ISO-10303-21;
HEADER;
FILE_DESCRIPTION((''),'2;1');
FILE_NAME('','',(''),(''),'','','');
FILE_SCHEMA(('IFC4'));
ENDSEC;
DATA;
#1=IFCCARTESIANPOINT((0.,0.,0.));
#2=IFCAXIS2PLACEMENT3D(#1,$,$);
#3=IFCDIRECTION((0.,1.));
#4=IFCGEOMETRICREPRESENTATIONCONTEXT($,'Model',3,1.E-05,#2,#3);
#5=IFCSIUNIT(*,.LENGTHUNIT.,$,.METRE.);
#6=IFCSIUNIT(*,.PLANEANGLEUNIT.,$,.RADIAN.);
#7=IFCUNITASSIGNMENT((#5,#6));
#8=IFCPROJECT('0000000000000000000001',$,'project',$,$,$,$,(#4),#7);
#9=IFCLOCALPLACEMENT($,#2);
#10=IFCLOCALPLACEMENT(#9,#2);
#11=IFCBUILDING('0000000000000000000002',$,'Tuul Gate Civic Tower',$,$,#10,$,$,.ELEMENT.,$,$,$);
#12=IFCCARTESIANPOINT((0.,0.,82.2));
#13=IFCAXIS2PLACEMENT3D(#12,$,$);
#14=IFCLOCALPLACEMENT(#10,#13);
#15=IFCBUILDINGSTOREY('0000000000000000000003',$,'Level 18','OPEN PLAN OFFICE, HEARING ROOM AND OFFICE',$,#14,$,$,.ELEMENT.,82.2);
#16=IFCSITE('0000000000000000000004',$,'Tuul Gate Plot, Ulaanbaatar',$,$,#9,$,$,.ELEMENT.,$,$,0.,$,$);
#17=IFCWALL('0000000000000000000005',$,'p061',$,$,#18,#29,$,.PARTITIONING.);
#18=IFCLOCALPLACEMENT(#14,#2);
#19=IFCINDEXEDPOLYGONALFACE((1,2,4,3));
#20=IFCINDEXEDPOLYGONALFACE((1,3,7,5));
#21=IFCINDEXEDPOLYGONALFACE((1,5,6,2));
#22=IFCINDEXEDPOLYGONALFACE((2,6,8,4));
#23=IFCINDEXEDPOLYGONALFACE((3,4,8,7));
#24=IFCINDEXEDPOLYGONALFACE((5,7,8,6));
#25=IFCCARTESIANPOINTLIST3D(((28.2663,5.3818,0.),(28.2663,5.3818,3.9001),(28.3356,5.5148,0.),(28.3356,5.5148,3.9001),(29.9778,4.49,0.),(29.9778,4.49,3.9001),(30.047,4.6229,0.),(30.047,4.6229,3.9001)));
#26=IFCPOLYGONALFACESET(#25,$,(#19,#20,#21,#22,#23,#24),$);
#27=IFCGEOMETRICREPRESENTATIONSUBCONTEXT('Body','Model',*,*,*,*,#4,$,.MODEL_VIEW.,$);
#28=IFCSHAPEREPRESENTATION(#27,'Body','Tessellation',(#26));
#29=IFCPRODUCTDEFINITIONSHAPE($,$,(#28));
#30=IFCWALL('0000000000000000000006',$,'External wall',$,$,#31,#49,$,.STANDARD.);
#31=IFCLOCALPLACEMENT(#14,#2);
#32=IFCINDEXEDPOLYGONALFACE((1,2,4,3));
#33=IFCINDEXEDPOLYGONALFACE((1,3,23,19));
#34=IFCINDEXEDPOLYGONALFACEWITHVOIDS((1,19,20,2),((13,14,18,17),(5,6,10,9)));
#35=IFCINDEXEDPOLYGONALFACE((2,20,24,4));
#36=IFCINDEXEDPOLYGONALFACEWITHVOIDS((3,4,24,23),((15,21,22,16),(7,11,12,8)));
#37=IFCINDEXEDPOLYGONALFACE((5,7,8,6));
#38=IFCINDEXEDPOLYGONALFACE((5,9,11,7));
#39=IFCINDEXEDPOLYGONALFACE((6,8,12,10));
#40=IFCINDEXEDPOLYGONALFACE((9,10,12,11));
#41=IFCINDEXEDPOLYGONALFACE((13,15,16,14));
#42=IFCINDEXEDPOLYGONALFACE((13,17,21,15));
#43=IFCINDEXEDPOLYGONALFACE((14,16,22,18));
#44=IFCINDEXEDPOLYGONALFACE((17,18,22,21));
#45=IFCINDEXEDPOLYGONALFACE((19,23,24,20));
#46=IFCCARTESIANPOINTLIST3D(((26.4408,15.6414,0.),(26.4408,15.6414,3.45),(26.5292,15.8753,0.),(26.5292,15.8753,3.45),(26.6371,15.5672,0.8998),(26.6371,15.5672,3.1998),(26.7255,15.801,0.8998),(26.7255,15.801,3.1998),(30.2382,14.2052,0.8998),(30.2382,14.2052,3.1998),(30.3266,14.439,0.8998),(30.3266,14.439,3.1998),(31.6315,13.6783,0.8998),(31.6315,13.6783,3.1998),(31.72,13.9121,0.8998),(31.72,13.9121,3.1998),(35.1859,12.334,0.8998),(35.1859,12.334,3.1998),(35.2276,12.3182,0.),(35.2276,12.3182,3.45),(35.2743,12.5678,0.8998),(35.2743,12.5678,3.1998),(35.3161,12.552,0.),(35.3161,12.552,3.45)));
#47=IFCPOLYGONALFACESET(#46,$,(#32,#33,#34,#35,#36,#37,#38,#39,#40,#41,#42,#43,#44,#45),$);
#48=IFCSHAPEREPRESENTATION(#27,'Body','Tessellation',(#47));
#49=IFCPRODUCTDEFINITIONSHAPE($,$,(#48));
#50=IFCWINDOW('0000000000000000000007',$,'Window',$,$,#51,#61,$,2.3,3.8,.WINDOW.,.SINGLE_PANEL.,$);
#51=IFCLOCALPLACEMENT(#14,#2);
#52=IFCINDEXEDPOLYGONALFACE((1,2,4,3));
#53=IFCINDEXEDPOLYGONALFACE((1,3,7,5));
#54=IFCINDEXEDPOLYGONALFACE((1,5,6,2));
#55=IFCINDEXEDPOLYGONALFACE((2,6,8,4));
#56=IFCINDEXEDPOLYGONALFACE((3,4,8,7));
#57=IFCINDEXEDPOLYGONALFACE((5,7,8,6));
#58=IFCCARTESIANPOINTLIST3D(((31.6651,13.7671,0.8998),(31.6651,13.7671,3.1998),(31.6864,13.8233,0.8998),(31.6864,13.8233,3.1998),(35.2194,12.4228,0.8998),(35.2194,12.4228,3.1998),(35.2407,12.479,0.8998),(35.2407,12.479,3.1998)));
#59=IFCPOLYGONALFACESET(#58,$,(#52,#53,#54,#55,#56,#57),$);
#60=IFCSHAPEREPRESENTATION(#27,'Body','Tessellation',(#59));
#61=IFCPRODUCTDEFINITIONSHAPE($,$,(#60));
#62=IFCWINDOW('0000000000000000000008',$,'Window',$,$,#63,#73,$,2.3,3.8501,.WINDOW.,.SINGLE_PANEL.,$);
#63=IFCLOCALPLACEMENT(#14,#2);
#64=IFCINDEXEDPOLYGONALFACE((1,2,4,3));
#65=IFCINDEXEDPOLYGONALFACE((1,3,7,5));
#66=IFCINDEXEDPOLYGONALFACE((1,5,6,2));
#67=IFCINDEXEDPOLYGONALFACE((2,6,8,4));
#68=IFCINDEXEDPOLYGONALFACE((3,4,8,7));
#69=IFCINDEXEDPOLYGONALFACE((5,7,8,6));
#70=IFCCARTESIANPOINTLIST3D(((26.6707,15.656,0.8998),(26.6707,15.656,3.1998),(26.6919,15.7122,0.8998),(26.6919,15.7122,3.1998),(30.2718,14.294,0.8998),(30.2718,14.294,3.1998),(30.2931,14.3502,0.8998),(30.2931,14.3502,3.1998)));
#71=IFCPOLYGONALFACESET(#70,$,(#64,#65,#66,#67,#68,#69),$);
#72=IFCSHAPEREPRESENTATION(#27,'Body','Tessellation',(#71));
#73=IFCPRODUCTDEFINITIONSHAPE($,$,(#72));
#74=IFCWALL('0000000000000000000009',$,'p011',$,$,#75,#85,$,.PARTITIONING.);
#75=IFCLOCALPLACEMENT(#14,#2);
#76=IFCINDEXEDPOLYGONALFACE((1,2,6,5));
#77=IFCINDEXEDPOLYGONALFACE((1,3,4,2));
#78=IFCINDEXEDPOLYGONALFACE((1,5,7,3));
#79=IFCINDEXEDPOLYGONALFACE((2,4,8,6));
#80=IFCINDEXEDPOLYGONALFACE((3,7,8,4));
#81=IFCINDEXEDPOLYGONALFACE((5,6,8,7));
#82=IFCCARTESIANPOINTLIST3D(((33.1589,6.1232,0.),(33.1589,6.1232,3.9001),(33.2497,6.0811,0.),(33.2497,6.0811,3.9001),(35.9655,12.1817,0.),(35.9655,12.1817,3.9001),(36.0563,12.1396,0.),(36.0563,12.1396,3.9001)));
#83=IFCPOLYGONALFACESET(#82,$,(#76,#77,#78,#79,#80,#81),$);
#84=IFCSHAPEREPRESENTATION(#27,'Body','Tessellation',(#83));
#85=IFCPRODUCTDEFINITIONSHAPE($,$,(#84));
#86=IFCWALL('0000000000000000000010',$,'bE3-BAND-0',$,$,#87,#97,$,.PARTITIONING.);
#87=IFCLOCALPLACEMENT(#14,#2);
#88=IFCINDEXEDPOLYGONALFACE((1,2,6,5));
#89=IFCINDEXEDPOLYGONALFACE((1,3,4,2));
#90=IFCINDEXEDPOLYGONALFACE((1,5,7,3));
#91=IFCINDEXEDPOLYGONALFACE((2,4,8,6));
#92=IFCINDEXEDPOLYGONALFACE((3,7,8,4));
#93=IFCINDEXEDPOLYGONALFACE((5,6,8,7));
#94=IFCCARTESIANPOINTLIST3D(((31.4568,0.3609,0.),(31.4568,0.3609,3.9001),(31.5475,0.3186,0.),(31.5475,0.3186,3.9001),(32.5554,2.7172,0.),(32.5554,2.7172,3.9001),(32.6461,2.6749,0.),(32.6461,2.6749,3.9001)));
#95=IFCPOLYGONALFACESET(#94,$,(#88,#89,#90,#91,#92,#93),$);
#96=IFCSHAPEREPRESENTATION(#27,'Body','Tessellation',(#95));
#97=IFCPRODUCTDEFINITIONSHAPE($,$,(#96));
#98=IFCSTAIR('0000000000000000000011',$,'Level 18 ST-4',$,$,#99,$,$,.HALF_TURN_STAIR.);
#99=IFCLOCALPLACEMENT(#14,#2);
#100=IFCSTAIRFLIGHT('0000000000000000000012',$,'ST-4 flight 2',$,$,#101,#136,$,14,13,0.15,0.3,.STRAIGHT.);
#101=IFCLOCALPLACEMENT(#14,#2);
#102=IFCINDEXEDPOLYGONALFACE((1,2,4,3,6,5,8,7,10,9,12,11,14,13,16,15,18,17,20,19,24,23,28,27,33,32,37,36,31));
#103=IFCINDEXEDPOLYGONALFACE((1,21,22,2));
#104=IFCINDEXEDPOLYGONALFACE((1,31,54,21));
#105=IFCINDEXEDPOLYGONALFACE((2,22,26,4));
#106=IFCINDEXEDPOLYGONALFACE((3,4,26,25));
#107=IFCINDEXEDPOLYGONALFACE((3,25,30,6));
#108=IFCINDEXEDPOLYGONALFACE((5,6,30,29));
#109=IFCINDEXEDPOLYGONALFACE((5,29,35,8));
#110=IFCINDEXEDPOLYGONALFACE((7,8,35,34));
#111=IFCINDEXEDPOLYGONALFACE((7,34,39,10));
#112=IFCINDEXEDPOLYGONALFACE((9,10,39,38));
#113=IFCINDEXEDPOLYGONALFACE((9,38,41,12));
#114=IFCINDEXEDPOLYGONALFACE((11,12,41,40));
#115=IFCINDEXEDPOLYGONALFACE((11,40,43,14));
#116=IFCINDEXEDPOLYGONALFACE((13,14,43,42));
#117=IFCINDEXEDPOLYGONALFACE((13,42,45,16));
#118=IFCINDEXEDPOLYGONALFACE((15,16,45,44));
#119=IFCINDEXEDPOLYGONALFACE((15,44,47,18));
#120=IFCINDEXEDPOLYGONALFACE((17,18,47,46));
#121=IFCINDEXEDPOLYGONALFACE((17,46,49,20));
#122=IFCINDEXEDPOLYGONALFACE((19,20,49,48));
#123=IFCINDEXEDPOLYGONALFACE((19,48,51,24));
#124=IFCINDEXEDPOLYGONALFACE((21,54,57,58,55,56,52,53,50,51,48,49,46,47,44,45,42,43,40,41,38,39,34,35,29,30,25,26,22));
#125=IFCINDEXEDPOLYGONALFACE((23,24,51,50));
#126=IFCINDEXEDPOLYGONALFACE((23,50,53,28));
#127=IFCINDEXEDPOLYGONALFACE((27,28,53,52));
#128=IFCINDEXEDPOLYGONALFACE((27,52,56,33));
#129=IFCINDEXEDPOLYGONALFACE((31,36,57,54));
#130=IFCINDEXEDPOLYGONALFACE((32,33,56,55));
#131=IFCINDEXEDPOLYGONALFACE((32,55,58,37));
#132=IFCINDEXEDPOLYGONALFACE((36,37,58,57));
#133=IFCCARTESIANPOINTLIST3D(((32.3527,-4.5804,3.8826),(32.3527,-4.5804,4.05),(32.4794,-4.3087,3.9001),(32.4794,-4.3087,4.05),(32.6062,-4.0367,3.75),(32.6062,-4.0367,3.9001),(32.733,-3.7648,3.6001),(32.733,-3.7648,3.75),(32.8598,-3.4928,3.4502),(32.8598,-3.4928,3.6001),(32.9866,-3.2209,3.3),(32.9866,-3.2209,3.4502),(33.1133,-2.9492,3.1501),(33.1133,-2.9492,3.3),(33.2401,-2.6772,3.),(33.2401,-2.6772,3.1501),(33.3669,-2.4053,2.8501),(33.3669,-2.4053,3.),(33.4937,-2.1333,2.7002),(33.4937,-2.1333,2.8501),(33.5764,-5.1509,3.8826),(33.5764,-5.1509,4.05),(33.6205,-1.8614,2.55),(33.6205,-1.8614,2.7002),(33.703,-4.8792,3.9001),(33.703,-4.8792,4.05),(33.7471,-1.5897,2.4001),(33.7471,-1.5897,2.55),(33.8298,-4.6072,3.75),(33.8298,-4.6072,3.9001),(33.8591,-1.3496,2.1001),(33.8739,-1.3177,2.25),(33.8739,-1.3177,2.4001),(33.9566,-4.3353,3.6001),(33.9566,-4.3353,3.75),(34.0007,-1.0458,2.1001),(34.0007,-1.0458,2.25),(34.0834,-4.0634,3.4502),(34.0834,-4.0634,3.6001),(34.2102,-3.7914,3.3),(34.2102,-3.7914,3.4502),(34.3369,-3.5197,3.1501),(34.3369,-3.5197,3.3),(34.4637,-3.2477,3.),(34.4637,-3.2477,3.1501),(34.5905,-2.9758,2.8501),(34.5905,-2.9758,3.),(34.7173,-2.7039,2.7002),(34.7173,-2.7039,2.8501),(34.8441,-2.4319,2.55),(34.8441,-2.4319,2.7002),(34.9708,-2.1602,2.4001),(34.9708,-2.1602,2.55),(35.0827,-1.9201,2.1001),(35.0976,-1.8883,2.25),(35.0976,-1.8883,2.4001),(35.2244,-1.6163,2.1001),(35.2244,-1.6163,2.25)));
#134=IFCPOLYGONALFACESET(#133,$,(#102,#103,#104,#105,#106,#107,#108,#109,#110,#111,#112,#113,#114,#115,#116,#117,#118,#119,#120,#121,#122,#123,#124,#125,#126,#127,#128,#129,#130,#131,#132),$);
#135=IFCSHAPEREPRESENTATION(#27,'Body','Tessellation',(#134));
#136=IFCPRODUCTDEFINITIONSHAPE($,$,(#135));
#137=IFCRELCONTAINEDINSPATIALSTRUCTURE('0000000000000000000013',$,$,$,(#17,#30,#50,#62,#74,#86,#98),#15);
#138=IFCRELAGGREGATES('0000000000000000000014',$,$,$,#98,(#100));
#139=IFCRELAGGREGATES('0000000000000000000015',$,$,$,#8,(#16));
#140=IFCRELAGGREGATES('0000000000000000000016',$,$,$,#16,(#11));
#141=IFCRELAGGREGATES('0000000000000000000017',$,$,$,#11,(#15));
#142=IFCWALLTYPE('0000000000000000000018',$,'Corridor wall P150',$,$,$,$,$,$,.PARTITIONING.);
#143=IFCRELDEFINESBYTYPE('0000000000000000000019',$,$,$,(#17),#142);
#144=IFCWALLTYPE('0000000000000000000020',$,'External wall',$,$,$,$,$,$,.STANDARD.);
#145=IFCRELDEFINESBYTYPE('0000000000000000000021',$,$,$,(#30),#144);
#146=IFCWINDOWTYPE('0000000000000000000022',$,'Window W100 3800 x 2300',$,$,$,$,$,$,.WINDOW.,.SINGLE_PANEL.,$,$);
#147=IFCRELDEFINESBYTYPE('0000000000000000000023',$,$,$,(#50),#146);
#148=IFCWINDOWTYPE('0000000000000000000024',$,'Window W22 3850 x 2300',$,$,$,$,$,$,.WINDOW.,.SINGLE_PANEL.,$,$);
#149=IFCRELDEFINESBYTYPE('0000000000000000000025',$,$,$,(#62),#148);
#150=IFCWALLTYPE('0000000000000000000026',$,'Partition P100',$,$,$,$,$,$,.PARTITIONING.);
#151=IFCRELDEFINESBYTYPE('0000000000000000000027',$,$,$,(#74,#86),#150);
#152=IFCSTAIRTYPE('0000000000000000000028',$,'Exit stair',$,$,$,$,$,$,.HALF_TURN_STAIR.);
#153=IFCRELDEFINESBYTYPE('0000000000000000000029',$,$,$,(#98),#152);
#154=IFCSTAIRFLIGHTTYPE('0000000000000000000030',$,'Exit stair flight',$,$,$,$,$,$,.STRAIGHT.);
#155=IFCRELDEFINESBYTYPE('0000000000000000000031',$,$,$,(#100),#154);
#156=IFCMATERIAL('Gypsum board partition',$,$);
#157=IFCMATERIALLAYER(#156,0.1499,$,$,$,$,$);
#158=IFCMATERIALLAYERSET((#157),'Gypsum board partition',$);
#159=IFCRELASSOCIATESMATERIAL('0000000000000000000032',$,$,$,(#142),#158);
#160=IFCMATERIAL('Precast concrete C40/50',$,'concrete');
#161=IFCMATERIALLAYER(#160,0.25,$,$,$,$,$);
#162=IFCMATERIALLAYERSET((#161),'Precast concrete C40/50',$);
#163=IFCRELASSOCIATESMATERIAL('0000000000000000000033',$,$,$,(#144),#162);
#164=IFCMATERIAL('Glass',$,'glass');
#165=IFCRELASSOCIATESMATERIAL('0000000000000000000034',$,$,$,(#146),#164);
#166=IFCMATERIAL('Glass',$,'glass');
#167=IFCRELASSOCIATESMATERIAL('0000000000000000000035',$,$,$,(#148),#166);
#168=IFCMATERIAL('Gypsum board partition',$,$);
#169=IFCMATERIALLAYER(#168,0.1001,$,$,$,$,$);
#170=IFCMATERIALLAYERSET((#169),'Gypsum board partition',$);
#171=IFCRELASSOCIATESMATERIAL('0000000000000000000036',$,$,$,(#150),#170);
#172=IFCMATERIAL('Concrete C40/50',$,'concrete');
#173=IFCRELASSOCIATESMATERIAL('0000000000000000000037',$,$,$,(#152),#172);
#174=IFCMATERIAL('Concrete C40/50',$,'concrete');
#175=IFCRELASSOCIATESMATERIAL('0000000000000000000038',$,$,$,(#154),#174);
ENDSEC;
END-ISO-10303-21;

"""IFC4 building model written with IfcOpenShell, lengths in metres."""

from ifc_helpers import new_model, si_unit, direction, frame, frame_2d, origin, place, context, subcontext, project, spatial, polyline, rectangle, outline, extrude, material, layer, layer_set, type_object, element, fill, aggregate, save


model = new_model("IFC4")

# Units and contexts
model_context = context("Model", 3, precision=1e-05, world=origin(), true_north=direction((0.0, 1.0)))
body_context = subcontext(model_context, "Body", "Model", "MODEL_VIEW")
ifc_project = project(units=[si_unit("LENGTHUNIT", "METRE"), si_unit("PLANEANGLEUNIT", "RADIAN")], contexts=[model_context])

# Site, building, storey
site_placement = place(None, origin())
site = spatial("IfcSite", under=ifc_project, at=site_placement, Name="Tuul Gate Plot, Ulaanbaatar", CompositionType="ELEMENT", RefElevation=0.0)
building_placement = place(site_placement, origin())
building = spatial("IfcBuilding", under=site, at=building_placement, Name="Tuul Gate Civic Tower", CompositionType="ELEMENT")
storey_placement = place(building_placement, frame((0.0, 0.0, 82.2)))
storey = spatial("IfcBuildingStorey", under=building, at=storey_placement, Name="Level 18", Description="OPEN PLAN OFFICE, HEARING ROOM AND OFFICE", CompositionType="ELEMENT", Elevation=82.2)

# Shared definitions
ifc_material_1 = material(Name="Gypsum board partition")
ifc_layer_1 = layer(ifc_material_1, 0.1499)
ifc_layer_set_1 = layer_set([ifc_layer_1], Name="Gypsum board partition")
wall_type_1 = type_object("IfcWallType", Name="Corridor wall P150", PredefinedType="PARTITIONING", material=ifc_layer_set_1)

# Wall
wall_1_placement = place(storey_placement, frame((28.301, 5.4482, 0.0), z_axis=(0.0, 0.0, 1.0), x_axis=(0.886813, -0.462129, 0.0)))
element("IfcWall", 1, at=wall_1_placement, inside=storey, type_object=wall_type_1, Name="p061", PredefinedType="PARTITIONING", context=body_context, shape_type="SweptSolid", body=[
    extrude(rectangle(XDim=1.9299, YDim=0.1499, at=frame_2d((0.9648, 0.0))), origin(), (0.0, 0.0, 1.0), 3.9001),
])

# Wall, openings, windows
ifc_material_2 = material(Name="Precast concrete C40/50", Category="concrete")
ifc_layer_2 = layer(ifc_material_2, 0.25)
ifc_layer_set_2 = layer_set([ifc_layer_2], Name="Precast concrete C40/50")
wall_type_2 = type_object("IfcWallType", Name="External wall", PredefinedType="STANDARD", material=ifc_layer_set_2)
wall_2_placement = place(storey_placement, frame((35.272, 12.4351, 0.0), z_axis=(0.0, 0.0, 1.0), x_axis=(-0.93534, 0.353751, 0.0)))
wall_2 = element("IfcWall", 2, at=wall_2_placement, inside=storey, type_object=wall_type_2, Name="External wall", PredefinedType="STANDARD", context=body_context, shape_type="SweptSolid", body=[
    extrude(rectangle(XDim=9.3943, YDim=0.25, at=frame_2d((4.6973, 0.0))), origin(), (0.0, 0.0, 1.0), 3.45),
])
opening_1_placement = place(wall_2_placement, frame((0.0449, 0.0, 0.8999)))
opening_1 = element("IfcOpeningElement", 3, at=opening_1_placement, cuts=wall_2, PredefinedType="OPENING", context=body_context, shape_type="SweptSolid", body=[
    extrude(rectangle(XDim=3.8, YDim=2.3, at=frame_2d((1.8999, 1.1499))), frame((0.0, 0.135, 0.0), z_axis=(0.0, -1.0, 0.0), x_axis=(1.0, 0.0, 0.0)), (0.0, 0.0, 1.0), 0.27),
])
opening_2_placement = place(wall_2_placement, frame((5.3345, 0.0, 0.8999)))
opening_2 = element("IfcOpeningElement", 4, at=opening_2_placement, cuts=wall_2, PredefinedType="OPENING", context=body_context, shape_type="SweptSolid", body=[
    extrude(rectangle(XDim=3.8501, YDim=2.3, at=frame_2d((1.925, 1.1499))), frame((0.0, 0.135, 0.0), z_axis=(0.0, -1.0, 0.0), x_axis=(1.0, 0.0, 0.0)), (0.0, 0.0, 1.0), 0.27),
])
ifc_material_3 = material(Name="Glass", Category="glass")
window_type_1 = type_object("IfcWindowType", Name="Window W100 3800 x 2300", PartitioningType="SINGLE_PANEL", PredefinedType="WINDOW", material=ifc_material_3)
window_1_placement = place(opening_1_placement, origin())
window_1 = element("IfcWindow", 5, at=window_1_placement, inside=storey, type_object=window_type_1, Name="Window", OverallHeight=2.3, OverallWidth=3.8, PartitioningType="SINGLE_PANEL", PredefinedType="WINDOW", context=body_context, shape_type="SweptSolid", body=[
    extrude(rectangle(XDim=3.8, YDim=2.3, at=frame_2d((1.8999, 1.1499))), frame((0.0, 0.03, 0.0), z_axis=(0.0, -1.0, 0.0), x_axis=(1.0, 0.0, 0.0)), (0.0, 0.0, 1.0), 0.0601),
])
fill(opening_1, window_1)
ifc_material_4 = material(Name="Glass", Category="glass")
window_type_2 = type_object("IfcWindowType", Name="Window W22 3850 x 2300", PartitioningType="SINGLE_PANEL", PredefinedType="WINDOW", material=ifc_material_4)
window_2_placement = place(opening_2_placement, origin())
window_2 = element("IfcWindow", 6, at=window_2_placement, inside=storey, type_object=window_type_2, Name="Window", OverallHeight=2.3, OverallWidth=3.8501, PartitioningType="SINGLE_PANEL", PredefinedType="WINDOW", context=body_context, shape_type="SweptSolid", body=[
    extrude(rectangle(XDim=3.8501, YDim=2.3, at=frame_2d((1.925, 1.1499))), frame((0.0, 0.03, 0.0), z_axis=(0.0, -1.0, 0.0), x_axis=(1.0, 0.0, 0.0)), (0.0, 0.0, 1.0), 0.0601),
])
fill(opening_2, window_2)

# Walls
ifc_material_5 = material(Name="Gypsum board partition")
ifc_layer_3 = layer(ifc_material_5, 0.1001)
ifc_layer_set_3 = layer_set([ifc_layer_3], Name="Gypsum board partition")
wall_type_3 = type_object("IfcWallType", Name="Partition P100", PredefinedType="PARTITIONING", material=ifc_layer_set_3)
wall_3_placement = place(storey_placement, frame((33.2043, 6.1023, 0.0), z_axis=(0.0, 0.0, 1.0), x_axis=(0.420338, 0.907368, 0.0)))
element("IfcWall", 7, at=wall_3_placement, inside=storey, type_object=wall_type_3, Name="p011", PredefinedType="PARTITIONING", context=body_context, shape_type="SweptSolid", body=[
    extrude(rectangle(XDim=6.677, YDim=0.1001, at=frame_2d((3.3384, 0.0))), origin(), (0.0, 0.0, 1.0), 3.9001),
])
wall_4_placement = place(storey_placement, frame((31.5022, 0.3398, 0.0), z_axis=(0.0, 0.0, 1.0), x_axis=(0.422556, 0.906337, 0.0)))
element("IfcWall", 8, at=wall_4_placement, inside=storey, type_object=wall_type_3, Name="bE3-BAND-0", PredefinedType="PARTITIONING", context=body_context, shape_type="SweptSolid", body=[
    extrude(rectangle(XDim=2.5999, YDim=0.1001, at=frame_2d((1.2998, 0.0))), origin(), (0.0, 0.0, 1.0), 3.9001),
])

# Stair, stair flight
ifc_material_6 = material(Name="Concrete C40/50", Category="concrete")
stair_type = type_object("IfcStairType", Name="Exit stair", PredefinedType="HALF_TURN_STAIR", material=ifc_material_6)
stair_placement = place(storey_placement, origin())
stair = element("IfcStair", 9, at=stair_placement, inside=storey, type_object=stair_type, Name="Level 18 ST-4", PredefinedType="HALF_TURN_STAIR")
ifc_material_7 = material(Name="Concrete C40/50", Category="concrete")
stair_flight_type = type_object("IfcStairFlightType", Name="Exit stair flight", PredefinedType="STRAIGHT", material=ifc_material_7)
stair_flight_placement = place(storey_placement, frame((34.6125, -1.3311, 2.1001), z_axis=(0.0, 0.0, 1.0), x_axis=(-0.422576, -0.906327, 0.0)))
stair_flight = element("IfcStairFlight", 10, at=stair_flight_placement, type_object=stair_flight_type, Name="ST-4 flight 2", NumberOfRisers=14, NumberOfTreads=13, PredefinedType="STRAIGHT", RiserHeight=0.15, TreadLength=0.3, context=body_context, shape_type="SweptSolid", body=[
    extrude(outline(polyline([(0.0, 0.0), (0.0, 0.1499), (0.3, 0.1499), (0.3, 0.3), (0.6001, 0.3), (0.6001, 0.45), (0.8999, 0.45), (0.8999, 0.6001), (1.2, 0.6001), (1.2, 0.75), (1.5, 0.75), (1.5, 0.8999), (1.8, 0.8999), (1.8, 1.05), (2.1001, 1.05), (2.1001, 1.2), (2.3999, 1.2), (2.3999, 1.3501), (2.7, 1.3501), (2.7, 1.5), (3.0, 1.5), (3.0, 1.6499), (3.3, 1.6499), (3.3, 1.8), (3.6001, 1.8), (3.6001, 1.95), (3.8999, 1.95), (3.8999, 2.1001), (3.8999, 1.7825), (0.3352, 0.0), (0.0, 0.0)])), frame((0.0, 0.675, 0.0), z_axis=(0.0, -1.0, 0.0), x_axis=(1.0, 0.0, 0.0)), (0.0, 0.0, 1.0), 1.3501),
])
aggregate(stair, [stair_flight])

save(model, "model.ifc")
